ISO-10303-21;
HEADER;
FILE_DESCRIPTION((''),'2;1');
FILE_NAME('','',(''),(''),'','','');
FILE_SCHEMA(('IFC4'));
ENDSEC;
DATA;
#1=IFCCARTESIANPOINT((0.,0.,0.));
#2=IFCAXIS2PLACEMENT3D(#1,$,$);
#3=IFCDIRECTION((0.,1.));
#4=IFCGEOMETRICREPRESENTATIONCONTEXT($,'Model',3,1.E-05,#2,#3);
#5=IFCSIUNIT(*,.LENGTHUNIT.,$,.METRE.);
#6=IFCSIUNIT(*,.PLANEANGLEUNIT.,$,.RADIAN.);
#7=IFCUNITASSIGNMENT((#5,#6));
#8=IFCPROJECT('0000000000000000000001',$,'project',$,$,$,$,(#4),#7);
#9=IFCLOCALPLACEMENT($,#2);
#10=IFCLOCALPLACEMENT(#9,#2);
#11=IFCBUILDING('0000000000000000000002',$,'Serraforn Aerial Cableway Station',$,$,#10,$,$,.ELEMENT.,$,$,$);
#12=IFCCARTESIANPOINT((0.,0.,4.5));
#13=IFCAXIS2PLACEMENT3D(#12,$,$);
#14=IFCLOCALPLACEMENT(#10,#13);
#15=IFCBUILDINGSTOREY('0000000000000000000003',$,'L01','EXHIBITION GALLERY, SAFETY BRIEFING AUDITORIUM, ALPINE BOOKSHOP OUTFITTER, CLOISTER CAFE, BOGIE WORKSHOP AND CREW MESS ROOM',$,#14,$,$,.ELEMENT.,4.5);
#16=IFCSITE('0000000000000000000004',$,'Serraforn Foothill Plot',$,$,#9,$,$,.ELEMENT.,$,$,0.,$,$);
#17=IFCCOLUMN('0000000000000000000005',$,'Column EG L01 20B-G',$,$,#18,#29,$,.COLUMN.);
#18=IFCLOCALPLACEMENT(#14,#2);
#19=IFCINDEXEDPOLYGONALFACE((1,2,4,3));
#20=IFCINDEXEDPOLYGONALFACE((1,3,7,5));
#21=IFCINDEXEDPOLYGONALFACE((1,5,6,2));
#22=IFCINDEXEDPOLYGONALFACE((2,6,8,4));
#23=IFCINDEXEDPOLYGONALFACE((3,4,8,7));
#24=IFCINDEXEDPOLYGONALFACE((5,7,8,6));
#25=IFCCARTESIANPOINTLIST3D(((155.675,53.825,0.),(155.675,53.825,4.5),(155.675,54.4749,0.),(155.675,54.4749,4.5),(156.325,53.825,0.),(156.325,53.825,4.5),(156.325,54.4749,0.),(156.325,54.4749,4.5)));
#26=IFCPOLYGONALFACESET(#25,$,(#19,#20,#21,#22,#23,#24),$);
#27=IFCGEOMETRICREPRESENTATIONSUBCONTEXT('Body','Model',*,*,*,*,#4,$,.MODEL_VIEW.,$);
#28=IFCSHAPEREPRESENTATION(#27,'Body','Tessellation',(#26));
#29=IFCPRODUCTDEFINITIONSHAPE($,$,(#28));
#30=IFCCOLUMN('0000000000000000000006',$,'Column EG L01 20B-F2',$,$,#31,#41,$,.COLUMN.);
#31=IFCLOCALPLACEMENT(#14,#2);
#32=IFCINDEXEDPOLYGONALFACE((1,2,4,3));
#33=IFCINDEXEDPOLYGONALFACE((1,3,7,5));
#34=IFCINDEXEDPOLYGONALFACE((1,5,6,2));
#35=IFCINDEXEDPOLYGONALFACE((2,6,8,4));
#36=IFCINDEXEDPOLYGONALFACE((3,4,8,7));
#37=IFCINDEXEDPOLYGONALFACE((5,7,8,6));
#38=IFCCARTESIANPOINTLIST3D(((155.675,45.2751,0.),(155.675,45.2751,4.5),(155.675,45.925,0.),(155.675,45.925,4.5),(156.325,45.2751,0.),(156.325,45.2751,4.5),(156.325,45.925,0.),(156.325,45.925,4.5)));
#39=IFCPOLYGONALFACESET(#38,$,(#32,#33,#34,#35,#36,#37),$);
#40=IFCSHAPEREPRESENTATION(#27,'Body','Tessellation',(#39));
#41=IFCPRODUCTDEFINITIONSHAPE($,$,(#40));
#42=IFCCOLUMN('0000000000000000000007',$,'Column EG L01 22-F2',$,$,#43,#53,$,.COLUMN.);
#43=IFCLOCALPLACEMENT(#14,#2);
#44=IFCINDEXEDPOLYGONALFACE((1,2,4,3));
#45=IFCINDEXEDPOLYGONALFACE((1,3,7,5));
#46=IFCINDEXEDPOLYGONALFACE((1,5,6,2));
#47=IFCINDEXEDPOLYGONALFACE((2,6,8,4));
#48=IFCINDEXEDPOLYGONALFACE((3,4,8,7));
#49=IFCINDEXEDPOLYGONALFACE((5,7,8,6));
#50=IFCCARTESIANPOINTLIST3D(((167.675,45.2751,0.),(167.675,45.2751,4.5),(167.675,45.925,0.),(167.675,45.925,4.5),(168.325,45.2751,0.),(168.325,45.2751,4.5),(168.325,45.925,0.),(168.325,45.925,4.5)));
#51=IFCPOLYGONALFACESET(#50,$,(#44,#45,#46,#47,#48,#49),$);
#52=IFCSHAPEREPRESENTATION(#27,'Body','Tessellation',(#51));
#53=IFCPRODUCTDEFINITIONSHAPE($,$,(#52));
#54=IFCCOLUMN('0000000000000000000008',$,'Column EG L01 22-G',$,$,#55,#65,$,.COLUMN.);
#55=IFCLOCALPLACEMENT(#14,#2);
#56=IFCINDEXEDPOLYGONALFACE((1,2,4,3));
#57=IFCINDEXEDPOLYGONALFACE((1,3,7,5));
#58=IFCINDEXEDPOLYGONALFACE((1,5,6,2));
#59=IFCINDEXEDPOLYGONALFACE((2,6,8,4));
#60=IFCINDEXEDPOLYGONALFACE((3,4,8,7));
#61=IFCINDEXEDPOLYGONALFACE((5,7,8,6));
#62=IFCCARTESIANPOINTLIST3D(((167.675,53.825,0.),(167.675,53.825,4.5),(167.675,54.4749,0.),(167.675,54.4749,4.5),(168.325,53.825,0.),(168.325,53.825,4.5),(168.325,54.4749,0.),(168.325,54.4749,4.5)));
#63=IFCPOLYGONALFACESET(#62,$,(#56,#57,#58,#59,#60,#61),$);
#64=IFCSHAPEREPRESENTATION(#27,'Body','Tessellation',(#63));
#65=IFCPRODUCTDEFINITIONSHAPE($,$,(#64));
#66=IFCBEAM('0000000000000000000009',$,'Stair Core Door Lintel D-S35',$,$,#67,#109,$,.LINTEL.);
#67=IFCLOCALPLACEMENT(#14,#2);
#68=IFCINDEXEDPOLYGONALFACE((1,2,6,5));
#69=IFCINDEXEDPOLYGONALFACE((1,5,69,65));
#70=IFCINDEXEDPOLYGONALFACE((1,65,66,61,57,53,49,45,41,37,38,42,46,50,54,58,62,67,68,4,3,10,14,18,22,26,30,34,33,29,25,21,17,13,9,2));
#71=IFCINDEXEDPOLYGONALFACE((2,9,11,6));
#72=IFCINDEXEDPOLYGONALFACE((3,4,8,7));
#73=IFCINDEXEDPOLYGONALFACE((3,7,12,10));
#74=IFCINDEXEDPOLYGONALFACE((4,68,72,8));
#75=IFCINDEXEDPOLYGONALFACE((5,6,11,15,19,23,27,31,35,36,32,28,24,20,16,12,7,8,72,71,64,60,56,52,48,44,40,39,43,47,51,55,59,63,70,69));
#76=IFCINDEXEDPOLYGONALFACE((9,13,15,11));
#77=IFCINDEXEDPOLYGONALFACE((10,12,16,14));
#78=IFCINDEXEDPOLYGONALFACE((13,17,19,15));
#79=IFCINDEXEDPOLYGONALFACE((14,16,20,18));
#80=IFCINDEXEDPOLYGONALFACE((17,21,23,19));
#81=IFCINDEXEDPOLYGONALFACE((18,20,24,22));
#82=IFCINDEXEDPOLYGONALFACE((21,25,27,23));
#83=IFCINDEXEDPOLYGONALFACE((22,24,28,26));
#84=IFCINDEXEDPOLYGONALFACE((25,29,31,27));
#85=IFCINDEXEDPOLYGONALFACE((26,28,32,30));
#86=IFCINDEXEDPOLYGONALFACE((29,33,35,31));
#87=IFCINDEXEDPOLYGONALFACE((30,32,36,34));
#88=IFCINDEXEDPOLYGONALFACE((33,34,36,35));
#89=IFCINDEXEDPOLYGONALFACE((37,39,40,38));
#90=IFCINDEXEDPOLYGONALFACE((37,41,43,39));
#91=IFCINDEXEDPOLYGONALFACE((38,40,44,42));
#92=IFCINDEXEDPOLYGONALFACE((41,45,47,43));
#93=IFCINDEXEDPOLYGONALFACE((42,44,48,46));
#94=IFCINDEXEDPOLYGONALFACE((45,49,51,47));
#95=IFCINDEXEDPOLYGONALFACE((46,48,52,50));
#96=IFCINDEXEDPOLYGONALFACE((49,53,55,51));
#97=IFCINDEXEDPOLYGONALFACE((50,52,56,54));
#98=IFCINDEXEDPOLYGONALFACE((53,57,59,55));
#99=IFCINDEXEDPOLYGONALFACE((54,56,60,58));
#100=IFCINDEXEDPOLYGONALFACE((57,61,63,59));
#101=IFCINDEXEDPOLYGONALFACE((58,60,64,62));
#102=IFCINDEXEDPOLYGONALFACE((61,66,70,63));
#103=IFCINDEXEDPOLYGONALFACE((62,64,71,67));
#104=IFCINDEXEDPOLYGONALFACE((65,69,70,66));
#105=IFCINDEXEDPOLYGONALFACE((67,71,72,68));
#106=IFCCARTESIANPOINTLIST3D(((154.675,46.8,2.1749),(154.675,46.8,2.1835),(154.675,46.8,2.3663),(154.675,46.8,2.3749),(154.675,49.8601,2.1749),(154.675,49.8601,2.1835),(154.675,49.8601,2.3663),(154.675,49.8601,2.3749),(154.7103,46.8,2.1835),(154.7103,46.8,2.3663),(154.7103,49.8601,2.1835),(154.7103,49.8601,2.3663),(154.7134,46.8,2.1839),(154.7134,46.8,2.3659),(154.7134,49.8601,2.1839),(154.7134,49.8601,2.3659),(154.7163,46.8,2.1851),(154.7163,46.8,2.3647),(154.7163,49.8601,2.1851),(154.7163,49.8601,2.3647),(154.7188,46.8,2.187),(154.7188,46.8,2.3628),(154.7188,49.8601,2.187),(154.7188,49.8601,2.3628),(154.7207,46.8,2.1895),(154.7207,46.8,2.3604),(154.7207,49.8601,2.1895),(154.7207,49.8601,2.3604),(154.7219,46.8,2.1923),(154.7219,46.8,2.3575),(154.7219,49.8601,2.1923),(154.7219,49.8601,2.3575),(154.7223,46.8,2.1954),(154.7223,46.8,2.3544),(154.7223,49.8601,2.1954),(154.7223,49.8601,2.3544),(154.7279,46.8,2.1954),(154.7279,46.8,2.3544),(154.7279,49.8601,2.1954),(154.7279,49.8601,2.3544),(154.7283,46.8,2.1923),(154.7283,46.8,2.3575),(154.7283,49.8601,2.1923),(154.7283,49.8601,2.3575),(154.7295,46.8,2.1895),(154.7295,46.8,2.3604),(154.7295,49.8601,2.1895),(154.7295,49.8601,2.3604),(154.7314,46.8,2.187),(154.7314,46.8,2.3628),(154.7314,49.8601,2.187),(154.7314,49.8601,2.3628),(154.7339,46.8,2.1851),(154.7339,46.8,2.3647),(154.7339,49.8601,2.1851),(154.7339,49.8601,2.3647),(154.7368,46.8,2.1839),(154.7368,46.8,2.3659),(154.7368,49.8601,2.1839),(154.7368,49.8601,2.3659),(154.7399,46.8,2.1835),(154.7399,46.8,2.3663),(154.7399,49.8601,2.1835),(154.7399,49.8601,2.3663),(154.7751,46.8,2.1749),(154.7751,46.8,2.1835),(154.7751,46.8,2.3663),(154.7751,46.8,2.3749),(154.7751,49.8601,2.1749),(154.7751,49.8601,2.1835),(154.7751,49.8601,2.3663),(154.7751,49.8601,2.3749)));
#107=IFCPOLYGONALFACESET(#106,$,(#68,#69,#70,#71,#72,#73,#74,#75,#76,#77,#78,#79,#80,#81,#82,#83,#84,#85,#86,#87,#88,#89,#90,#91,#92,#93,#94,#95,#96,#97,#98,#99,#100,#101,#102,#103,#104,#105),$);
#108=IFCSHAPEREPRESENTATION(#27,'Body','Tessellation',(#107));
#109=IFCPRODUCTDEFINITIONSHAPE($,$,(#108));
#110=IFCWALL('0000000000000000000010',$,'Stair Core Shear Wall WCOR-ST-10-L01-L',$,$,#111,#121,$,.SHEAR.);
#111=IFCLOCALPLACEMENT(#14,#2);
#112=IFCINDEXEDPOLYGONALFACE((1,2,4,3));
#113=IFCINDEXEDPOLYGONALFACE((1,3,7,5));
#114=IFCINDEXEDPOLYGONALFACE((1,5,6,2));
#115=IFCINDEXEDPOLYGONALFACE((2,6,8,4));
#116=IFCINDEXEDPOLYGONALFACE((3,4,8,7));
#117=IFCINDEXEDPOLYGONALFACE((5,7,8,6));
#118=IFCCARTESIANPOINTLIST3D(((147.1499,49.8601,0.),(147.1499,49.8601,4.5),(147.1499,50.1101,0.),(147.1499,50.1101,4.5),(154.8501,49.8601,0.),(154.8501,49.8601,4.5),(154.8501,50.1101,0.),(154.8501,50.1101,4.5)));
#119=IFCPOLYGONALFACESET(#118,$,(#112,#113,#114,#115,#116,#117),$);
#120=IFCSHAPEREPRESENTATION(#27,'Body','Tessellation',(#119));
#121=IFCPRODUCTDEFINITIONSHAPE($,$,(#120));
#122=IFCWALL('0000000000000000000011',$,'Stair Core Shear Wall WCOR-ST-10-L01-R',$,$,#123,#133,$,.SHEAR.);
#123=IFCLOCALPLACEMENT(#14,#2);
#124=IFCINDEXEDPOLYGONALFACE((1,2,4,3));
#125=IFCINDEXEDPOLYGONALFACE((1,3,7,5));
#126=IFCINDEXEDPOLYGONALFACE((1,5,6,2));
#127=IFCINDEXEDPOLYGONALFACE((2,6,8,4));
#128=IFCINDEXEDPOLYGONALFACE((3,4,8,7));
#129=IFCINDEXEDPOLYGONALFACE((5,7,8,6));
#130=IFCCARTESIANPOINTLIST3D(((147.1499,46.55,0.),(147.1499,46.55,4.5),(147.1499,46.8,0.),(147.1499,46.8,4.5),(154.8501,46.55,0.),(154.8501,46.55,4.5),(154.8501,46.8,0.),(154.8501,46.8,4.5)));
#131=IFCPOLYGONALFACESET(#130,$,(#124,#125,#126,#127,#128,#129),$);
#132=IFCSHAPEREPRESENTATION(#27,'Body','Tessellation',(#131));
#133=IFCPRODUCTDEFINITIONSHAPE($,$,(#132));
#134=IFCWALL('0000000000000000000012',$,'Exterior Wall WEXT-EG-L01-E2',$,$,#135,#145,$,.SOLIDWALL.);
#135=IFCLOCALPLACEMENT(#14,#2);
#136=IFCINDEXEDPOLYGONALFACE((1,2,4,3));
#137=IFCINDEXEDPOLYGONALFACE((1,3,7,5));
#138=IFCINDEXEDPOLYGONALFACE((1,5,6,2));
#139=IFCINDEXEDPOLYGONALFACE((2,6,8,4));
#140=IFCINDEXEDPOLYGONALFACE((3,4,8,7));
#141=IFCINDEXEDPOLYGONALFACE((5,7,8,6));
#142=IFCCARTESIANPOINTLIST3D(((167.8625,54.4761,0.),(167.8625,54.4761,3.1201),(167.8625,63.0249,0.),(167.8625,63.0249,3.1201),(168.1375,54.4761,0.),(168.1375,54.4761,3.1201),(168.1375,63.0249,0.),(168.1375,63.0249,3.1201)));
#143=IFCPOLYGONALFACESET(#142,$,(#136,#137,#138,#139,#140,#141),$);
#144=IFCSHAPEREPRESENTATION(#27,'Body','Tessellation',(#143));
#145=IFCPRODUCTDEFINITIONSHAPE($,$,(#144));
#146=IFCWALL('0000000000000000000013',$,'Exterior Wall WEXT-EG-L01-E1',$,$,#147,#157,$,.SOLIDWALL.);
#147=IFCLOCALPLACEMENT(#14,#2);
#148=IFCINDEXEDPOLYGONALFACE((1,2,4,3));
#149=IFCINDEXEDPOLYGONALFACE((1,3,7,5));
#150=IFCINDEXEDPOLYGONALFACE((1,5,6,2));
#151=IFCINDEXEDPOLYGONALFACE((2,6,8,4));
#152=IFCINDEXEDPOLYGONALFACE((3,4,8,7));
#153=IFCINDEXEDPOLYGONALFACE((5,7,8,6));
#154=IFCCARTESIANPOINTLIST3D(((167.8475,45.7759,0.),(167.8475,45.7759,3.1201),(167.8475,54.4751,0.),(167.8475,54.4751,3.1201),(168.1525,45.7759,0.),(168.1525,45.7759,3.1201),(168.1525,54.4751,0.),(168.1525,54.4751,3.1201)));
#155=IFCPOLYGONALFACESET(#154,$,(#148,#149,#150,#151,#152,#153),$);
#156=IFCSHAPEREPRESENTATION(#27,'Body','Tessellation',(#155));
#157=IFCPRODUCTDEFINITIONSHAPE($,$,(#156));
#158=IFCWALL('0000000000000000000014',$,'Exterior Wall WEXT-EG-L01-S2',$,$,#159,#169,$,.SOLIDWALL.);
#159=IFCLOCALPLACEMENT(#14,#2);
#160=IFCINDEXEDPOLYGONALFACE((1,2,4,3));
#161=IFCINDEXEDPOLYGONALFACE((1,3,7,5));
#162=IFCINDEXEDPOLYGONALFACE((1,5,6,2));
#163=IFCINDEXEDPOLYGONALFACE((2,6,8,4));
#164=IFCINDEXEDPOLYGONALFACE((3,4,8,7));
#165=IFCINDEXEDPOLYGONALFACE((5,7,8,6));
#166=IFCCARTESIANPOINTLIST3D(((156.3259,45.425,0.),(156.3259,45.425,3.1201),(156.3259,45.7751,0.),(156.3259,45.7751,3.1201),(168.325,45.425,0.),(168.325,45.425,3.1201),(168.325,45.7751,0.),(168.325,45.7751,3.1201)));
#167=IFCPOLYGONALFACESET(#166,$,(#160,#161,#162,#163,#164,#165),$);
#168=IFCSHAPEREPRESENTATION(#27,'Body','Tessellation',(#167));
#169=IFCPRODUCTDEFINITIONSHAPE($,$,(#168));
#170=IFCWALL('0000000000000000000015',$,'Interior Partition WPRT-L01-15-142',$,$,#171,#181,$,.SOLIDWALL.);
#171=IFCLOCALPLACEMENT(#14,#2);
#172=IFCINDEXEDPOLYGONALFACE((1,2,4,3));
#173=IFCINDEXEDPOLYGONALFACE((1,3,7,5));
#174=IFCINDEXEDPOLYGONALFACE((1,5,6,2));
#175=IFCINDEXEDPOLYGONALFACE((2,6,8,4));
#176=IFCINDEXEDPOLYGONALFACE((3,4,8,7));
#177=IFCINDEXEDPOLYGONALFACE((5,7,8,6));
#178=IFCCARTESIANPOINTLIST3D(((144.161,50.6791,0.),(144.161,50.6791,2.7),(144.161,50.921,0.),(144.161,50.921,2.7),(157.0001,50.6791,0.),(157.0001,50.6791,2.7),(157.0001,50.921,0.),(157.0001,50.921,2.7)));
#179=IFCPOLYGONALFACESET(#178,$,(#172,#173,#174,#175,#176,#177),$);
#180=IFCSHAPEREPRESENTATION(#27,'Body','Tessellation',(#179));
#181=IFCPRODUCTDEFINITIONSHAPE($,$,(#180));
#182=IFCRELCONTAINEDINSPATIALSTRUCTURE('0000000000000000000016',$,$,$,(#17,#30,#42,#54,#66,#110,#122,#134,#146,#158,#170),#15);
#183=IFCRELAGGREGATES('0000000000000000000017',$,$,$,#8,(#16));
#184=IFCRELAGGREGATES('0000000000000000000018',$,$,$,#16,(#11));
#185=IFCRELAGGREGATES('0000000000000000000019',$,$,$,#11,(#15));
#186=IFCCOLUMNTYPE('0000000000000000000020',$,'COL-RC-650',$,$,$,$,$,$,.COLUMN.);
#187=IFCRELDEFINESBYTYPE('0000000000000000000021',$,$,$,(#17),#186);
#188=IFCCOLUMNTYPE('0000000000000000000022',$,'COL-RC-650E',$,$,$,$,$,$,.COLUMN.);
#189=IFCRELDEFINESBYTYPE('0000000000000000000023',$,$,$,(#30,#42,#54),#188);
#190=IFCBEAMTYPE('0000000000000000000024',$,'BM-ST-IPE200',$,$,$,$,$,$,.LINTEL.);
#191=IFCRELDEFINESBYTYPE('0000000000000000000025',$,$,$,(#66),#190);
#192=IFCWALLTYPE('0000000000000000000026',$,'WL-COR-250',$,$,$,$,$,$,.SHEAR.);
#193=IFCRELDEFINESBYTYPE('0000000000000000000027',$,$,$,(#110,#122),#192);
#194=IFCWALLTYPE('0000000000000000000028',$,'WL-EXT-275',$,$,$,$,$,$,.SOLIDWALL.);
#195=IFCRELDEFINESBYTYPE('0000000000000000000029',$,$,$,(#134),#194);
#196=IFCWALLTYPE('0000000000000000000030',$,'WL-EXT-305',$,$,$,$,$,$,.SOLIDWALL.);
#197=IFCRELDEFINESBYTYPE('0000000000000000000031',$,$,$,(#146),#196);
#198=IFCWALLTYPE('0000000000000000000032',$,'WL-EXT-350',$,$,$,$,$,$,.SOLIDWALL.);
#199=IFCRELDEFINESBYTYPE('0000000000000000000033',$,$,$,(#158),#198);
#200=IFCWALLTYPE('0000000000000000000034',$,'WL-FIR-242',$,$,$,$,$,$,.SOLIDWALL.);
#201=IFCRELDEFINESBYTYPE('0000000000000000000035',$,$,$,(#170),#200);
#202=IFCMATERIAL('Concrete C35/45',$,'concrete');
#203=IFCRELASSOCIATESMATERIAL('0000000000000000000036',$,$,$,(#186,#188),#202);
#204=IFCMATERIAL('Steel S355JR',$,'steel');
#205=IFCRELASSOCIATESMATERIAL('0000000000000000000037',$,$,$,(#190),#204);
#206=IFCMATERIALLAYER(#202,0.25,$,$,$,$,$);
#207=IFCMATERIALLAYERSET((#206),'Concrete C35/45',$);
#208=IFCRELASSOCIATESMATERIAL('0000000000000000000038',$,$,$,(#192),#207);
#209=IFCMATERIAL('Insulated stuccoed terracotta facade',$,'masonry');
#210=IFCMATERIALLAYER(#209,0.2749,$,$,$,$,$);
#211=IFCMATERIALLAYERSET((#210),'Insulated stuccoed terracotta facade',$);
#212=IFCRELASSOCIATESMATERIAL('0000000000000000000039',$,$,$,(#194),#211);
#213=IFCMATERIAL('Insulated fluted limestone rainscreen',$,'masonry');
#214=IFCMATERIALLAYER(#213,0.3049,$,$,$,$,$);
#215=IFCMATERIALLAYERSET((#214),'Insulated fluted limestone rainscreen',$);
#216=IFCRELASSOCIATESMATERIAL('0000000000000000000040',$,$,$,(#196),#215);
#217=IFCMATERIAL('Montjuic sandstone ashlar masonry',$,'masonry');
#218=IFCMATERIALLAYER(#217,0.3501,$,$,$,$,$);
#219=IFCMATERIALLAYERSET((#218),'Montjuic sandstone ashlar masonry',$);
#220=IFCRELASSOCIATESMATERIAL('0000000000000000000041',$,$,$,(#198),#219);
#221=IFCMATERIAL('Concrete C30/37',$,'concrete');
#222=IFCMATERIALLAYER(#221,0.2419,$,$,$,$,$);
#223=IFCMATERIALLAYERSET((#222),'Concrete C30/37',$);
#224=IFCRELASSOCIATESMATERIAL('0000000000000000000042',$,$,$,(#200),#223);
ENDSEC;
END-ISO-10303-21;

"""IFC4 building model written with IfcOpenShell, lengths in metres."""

from ifc_helpers import new_model, si_unit, direction, frame, frame_2d, origin, origin_2d, place, context, subcontext, project, spatial, rectangle, i_section, extrude, material, layer, layer_set, material_profile, profile_set, type_object, element, save


model = new_model("IFC4")

# Units and contexts
model_context = context("Model", 3, precision=1e-05, world=origin(), true_north=direction((0.0, 1.0)))
body_context = subcontext(model_context, "Body", "Model", "MODEL_VIEW")
ifc_project = project(units=[si_unit("LENGTHUNIT", "METRE"), si_unit("PLANEANGLEUNIT", "RADIAN")], contexts=[model_context])

# Site, building, storey
site_placement = place(None, origin())
site = spatial("IfcSite", under=ifc_project, at=site_placement, Name="Serraforn Foothill Plot", CompositionType="ELEMENT", RefElevation=0.0)
building_placement = place(site_placement, origin())
building = spatial("IfcBuilding", under=site, at=building_placement, Name="Serraforn Aerial Cableway Station", CompositionType="ELEMENT")
storey_placement = place(building_placement, frame((0.0, 0.0, 4.5)))
storey = spatial("IfcBuildingStorey", under=building, at=storey_placement, Name="L01", Description="EXHIBITION GALLERY, SAFETY BRIEFING AUDITORIUM, ALPINE BOOKSHOP OUTFITTER, CLOISTER CAFE, BOGIE WORKSHOP AND CREW MESS ROOM", CompositionType="ELEMENT", Elevation=4.5)

# Shared definitions
ifc_material_1 = material(Name="Concrete C35/45", Category="concrete")

# Columns
ifc_material_profile_1 = material_profile(ifc_material_1, rectangle(XDim=0.6499, YDim=0.6499, at=origin_2d()), Name="RC 650x650")
ifc_profile_set_1 = profile_set([ifc_material_profile_1], Name="Concrete C35/45")
column_type_1 = type_object("IfcColumnType", Name="COL-RC-650", PredefinedType="COLUMN", material=ifc_profile_set_1)
column_placement = place(storey_placement, frame((156.0, 54.1499, 0.0), z_axis=(0.0, 0.0, 1.0), x_axis=(1.0, 0.0, 0.0)))
element("IfcColumn", 1, at=column_placement, inside=storey, type_object=column_type_1, Name="Column EG L01 20B-G", PredefinedType="COLUMN", context=body_context, shape_type="SweptSolid", body=[
    extrude(rectangle(XDim=0.6499, YDim=0.6499, at=origin_2d()), origin(), (0.0, 0.0, 1.0), 4.5),
])
ifc_material_profile_2 = material_profile(ifc_material_1, rectangle(XDim=0.6499, YDim=0.6499, at=origin_2d()), Name="RC 650x650")
ifc_profile_set_2 = profile_set([ifc_material_profile_2], Name="Concrete C35/45")
column_type_2 = type_object("IfcColumnType", Name="COL-RC-650E", PredefinedType="COLUMN", material=ifc_profile_set_2)
for number, where, z_axis, x_axis, name in (
    (2, (156.0, 45.6001, 0.0), (0.0, 0.0, 1.0), (1.0, 0.0, 0.0), "Column EG L01 20B-F2"),
    (3, (168.0, 45.6001, 0.0), (0.0, 0.0, 1.0), (1.0, 0.0, 0.0), "Column EG L01 22-F2"),
    (4, (168.0, 54.1499, 0.0), (0.0, 0.0, 1.0), (1.0, 0.0, 0.0), "Column EG L01 22-G"),
):
    element("IfcColumn", number, at=place(storey_placement, frame(where, z_axis=z_axis, x_axis=x_axis)), inside=storey, type_object=column_type_2, Name=name, PredefinedType="COLUMN", context=body_context, shape_type="SweptSolid", body=[
        extrude(rectangle(XDim=0.6499, YDim=0.6499, at=origin_2d()), origin(), (0.0, 0.0, 1.0), 4.5),
    ])

# Beam
ifc_material_2 = material(Name="Steel S355JR", Category="steel")
ifc_material_profile_3 = material_profile(ifc_material_2, i_section(OverallWidth=0.1001, OverallDepth=0.2, WebThickness=0.0056, FlangeThickness=0.0085, FilletRadius=0.012, at=origin_2d()), Name="IPE 200")
ifc_profile_set_3 = profile_set([ifc_material_profile_3], Name="Steel S355JR")
beam_type = type_object("IfcBeamType", Name="BM-ST-IPE200", PredefinedType="LINTEL", material=ifc_profile_set_3)
beam_placement = place(storey_placement, frame((154.7251, 49.8601, 2.2749), z_axis=(0.0, -1.0, 0.0), x_axis=(1.0, 0.0, 0.0)))
element("IfcBeam", 5, at=beam_placement, inside=storey, type_object=beam_type, Name="Stair Core Door Lintel D-S35", PredefinedType="LINTEL", context=body_context, shape_type="SweptSolid", body=[
    extrude(i_section(OverallWidth=0.1001, OverallDepth=0.2, WebThickness=0.0056, FlangeThickness=0.0085, FilletRadius=0.012, at=origin_2d()), origin(), (0.0, 0.0, 1.0), 3.0601),
])

# Shared definitions
ifc_layer_1 = layer(ifc_material_1, 0.25)
ifc_layer_set_1 = layer_set([ifc_layer_1], Name="Concrete C35/45")
wall_type_1 = type_object("IfcWallType", Name="WL-COR-250", PredefinedType="SHEAR", material=ifc_layer_set_1)

# Walls
for number, where, z_axis, x_axis, name in (
    (6, (154.8501, 49.9851, 0.0), (0.0, 0.0, 1.0), (-1.0, 0.0, 0.0), "Stair Core Shear Wall WCOR-ST-10-L01-L"),
    (7, (154.8501, 46.675, 0.0), (0.0, 0.0, 1.0), (-1.0, 0.0, 0.0), "Stair Core Shear Wall WCOR-ST-10-L01-R"),
):
    element("IfcWall", number, at=place(storey_placement, frame(where, z_axis=z_axis, x_axis=x_axis)), inside=storey, type_object=wall_type_1, Name=name, PredefinedType="SHEAR", context=body_context, shape_type="SweptSolid", body=[
        extrude(rectangle(XDim=7.7002, YDim=0.25, at=frame_2d((3.8501, 0.0))), origin(), (0.0, 0.0, 1.0), 4.5),
    ])
ifc_material_3 = material(Name="Insulated stuccoed terracotta facade", Category="masonry")
ifc_layer_2 = layer(ifc_material_3, 0.2749)
ifc_layer_set_2 = layer_set([ifc_layer_2], Name="Insulated stuccoed terracotta facade")
wall_type_2 = type_object("IfcWallType", Name="WL-EXT-275", PredefinedType="SOLIDWALL", material=ifc_layer_set_2)
wall_1_placement = place(storey_placement, frame((168.0, 54.4761, 0.0), z_axis=(0.0, 0.0, 1.0), x_axis=(0.0, 1.0, 0.0)))
element("IfcWall", 8, at=wall_1_placement, inside=storey, type_object=wall_type_2, Name="Exterior Wall WEXT-EG-L01-E2", PredefinedType="SOLIDWALL", context=body_context, shape_type="SweptSolid", body=[
    extrude(rectangle(XDim=8.5488, YDim=0.2749, at=frame_2d((4.2744, 0.0))), origin(), (0.0, 0.0, 1.0), 3.1201),
])
ifc_material_4 = material(Name="Insulated fluted limestone rainscreen", Category="masonry")
ifc_layer_3 = layer(ifc_material_4, 0.3049)
ifc_layer_set_3 = layer_set([ifc_layer_3], Name="Insulated fluted limestone rainscreen")
wall_type_3 = type_object("IfcWallType", Name="WL-EXT-305", PredefinedType="SOLIDWALL", material=ifc_layer_set_3)
wall_2_placement = place(storey_placement, frame((168.0, 45.7759, 0.0), z_axis=(0.0, 0.0, 1.0), x_axis=(0.0, 1.0, 0.0)))
element("IfcWall", 9, at=wall_2_placement, inside=storey, type_object=wall_type_3, Name="Exterior Wall WEXT-EG-L01-E1", PredefinedType="SOLIDWALL", context=body_context, shape_type="SweptSolid", body=[
    extrude(rectangle(XDim=8.6992, YDim=0.3049, at=frame_2d((4.3496, 0.0))), origin(), (0.0, 0.0, 1.0), 3.1201),
])
ifc_material_5 = material(Name="Montjuic sandstone ashlar masonry", Category="masonry")
ifc_layer_4 = layer(ifc_material_5, 0.3501)
ifc_layer_set_4 = layer_set([ifc_layer_4], Name="Montjuic sandstone ashlar masonry")
wall_type_4 = type_object("IfcWallType", Name="WL-EXT-350", PredefinedType="SOLIDWALL", material=ifc_layer_set_4)
wall_3_placement = place(storey_placement, frame((156.3259, 45.6001, 0.0), z_axis=(0.0, 0.0, 1.0), x_axis=(1.0, 0.0, 0.0)))
element("IfcWall", 10, at=wall_3_placement, inside=storey, type_object=wall_type_4, Name="Exterior Wall WEXT-EG-L01-S2", PredefinedType="SOLIDWALL", context=body_context, shape_type="SweptSolid", body=[
    extrude(rectangle(XDim=11.999, YDim=0.3501, at=frame_2d((5.9995, 0.0))), origin(), (0.0, 0.0, 1.0), 3.1201),
])
ifc_material_6 = material(Name="Concrete C30/37", Category="concrete")
ifc_layer_5 = layer(ifc_material_6, 0.2419)
ifc_layer_set_5 = layer_set([ifc_layer_5], Name="Concrete C30/37")
wall_type_5 = type_object("IfcWallType", Name="WL-FIR-242", PredefinedType="SOLIDWALL", material=ifc_layer_set_5)
wall_4_placement = place(storey_placement, frame((157.0, 50.8, 0.0), z_axis=(0.0, 0.0, 1.0), x_axis=(-1.0, 0.0, 0.0)))
element("IfcWall", 11, at=wall_4_placement, inside=storey, type_object=wall_type_5, Name="Interior Partition WPRT-L01-15-142", PredefinedType="SOLIDWALL", context=body_context, shape_type="SweptSolid", body=[
    extrude(rectangle(XDim=12.8391, YDim=0.2419, at=frame_2d((6.4194, 0.0))), origin(), (0.0, 0.0, 1.0), 2.7),
])

save(model, "model.ifc")
